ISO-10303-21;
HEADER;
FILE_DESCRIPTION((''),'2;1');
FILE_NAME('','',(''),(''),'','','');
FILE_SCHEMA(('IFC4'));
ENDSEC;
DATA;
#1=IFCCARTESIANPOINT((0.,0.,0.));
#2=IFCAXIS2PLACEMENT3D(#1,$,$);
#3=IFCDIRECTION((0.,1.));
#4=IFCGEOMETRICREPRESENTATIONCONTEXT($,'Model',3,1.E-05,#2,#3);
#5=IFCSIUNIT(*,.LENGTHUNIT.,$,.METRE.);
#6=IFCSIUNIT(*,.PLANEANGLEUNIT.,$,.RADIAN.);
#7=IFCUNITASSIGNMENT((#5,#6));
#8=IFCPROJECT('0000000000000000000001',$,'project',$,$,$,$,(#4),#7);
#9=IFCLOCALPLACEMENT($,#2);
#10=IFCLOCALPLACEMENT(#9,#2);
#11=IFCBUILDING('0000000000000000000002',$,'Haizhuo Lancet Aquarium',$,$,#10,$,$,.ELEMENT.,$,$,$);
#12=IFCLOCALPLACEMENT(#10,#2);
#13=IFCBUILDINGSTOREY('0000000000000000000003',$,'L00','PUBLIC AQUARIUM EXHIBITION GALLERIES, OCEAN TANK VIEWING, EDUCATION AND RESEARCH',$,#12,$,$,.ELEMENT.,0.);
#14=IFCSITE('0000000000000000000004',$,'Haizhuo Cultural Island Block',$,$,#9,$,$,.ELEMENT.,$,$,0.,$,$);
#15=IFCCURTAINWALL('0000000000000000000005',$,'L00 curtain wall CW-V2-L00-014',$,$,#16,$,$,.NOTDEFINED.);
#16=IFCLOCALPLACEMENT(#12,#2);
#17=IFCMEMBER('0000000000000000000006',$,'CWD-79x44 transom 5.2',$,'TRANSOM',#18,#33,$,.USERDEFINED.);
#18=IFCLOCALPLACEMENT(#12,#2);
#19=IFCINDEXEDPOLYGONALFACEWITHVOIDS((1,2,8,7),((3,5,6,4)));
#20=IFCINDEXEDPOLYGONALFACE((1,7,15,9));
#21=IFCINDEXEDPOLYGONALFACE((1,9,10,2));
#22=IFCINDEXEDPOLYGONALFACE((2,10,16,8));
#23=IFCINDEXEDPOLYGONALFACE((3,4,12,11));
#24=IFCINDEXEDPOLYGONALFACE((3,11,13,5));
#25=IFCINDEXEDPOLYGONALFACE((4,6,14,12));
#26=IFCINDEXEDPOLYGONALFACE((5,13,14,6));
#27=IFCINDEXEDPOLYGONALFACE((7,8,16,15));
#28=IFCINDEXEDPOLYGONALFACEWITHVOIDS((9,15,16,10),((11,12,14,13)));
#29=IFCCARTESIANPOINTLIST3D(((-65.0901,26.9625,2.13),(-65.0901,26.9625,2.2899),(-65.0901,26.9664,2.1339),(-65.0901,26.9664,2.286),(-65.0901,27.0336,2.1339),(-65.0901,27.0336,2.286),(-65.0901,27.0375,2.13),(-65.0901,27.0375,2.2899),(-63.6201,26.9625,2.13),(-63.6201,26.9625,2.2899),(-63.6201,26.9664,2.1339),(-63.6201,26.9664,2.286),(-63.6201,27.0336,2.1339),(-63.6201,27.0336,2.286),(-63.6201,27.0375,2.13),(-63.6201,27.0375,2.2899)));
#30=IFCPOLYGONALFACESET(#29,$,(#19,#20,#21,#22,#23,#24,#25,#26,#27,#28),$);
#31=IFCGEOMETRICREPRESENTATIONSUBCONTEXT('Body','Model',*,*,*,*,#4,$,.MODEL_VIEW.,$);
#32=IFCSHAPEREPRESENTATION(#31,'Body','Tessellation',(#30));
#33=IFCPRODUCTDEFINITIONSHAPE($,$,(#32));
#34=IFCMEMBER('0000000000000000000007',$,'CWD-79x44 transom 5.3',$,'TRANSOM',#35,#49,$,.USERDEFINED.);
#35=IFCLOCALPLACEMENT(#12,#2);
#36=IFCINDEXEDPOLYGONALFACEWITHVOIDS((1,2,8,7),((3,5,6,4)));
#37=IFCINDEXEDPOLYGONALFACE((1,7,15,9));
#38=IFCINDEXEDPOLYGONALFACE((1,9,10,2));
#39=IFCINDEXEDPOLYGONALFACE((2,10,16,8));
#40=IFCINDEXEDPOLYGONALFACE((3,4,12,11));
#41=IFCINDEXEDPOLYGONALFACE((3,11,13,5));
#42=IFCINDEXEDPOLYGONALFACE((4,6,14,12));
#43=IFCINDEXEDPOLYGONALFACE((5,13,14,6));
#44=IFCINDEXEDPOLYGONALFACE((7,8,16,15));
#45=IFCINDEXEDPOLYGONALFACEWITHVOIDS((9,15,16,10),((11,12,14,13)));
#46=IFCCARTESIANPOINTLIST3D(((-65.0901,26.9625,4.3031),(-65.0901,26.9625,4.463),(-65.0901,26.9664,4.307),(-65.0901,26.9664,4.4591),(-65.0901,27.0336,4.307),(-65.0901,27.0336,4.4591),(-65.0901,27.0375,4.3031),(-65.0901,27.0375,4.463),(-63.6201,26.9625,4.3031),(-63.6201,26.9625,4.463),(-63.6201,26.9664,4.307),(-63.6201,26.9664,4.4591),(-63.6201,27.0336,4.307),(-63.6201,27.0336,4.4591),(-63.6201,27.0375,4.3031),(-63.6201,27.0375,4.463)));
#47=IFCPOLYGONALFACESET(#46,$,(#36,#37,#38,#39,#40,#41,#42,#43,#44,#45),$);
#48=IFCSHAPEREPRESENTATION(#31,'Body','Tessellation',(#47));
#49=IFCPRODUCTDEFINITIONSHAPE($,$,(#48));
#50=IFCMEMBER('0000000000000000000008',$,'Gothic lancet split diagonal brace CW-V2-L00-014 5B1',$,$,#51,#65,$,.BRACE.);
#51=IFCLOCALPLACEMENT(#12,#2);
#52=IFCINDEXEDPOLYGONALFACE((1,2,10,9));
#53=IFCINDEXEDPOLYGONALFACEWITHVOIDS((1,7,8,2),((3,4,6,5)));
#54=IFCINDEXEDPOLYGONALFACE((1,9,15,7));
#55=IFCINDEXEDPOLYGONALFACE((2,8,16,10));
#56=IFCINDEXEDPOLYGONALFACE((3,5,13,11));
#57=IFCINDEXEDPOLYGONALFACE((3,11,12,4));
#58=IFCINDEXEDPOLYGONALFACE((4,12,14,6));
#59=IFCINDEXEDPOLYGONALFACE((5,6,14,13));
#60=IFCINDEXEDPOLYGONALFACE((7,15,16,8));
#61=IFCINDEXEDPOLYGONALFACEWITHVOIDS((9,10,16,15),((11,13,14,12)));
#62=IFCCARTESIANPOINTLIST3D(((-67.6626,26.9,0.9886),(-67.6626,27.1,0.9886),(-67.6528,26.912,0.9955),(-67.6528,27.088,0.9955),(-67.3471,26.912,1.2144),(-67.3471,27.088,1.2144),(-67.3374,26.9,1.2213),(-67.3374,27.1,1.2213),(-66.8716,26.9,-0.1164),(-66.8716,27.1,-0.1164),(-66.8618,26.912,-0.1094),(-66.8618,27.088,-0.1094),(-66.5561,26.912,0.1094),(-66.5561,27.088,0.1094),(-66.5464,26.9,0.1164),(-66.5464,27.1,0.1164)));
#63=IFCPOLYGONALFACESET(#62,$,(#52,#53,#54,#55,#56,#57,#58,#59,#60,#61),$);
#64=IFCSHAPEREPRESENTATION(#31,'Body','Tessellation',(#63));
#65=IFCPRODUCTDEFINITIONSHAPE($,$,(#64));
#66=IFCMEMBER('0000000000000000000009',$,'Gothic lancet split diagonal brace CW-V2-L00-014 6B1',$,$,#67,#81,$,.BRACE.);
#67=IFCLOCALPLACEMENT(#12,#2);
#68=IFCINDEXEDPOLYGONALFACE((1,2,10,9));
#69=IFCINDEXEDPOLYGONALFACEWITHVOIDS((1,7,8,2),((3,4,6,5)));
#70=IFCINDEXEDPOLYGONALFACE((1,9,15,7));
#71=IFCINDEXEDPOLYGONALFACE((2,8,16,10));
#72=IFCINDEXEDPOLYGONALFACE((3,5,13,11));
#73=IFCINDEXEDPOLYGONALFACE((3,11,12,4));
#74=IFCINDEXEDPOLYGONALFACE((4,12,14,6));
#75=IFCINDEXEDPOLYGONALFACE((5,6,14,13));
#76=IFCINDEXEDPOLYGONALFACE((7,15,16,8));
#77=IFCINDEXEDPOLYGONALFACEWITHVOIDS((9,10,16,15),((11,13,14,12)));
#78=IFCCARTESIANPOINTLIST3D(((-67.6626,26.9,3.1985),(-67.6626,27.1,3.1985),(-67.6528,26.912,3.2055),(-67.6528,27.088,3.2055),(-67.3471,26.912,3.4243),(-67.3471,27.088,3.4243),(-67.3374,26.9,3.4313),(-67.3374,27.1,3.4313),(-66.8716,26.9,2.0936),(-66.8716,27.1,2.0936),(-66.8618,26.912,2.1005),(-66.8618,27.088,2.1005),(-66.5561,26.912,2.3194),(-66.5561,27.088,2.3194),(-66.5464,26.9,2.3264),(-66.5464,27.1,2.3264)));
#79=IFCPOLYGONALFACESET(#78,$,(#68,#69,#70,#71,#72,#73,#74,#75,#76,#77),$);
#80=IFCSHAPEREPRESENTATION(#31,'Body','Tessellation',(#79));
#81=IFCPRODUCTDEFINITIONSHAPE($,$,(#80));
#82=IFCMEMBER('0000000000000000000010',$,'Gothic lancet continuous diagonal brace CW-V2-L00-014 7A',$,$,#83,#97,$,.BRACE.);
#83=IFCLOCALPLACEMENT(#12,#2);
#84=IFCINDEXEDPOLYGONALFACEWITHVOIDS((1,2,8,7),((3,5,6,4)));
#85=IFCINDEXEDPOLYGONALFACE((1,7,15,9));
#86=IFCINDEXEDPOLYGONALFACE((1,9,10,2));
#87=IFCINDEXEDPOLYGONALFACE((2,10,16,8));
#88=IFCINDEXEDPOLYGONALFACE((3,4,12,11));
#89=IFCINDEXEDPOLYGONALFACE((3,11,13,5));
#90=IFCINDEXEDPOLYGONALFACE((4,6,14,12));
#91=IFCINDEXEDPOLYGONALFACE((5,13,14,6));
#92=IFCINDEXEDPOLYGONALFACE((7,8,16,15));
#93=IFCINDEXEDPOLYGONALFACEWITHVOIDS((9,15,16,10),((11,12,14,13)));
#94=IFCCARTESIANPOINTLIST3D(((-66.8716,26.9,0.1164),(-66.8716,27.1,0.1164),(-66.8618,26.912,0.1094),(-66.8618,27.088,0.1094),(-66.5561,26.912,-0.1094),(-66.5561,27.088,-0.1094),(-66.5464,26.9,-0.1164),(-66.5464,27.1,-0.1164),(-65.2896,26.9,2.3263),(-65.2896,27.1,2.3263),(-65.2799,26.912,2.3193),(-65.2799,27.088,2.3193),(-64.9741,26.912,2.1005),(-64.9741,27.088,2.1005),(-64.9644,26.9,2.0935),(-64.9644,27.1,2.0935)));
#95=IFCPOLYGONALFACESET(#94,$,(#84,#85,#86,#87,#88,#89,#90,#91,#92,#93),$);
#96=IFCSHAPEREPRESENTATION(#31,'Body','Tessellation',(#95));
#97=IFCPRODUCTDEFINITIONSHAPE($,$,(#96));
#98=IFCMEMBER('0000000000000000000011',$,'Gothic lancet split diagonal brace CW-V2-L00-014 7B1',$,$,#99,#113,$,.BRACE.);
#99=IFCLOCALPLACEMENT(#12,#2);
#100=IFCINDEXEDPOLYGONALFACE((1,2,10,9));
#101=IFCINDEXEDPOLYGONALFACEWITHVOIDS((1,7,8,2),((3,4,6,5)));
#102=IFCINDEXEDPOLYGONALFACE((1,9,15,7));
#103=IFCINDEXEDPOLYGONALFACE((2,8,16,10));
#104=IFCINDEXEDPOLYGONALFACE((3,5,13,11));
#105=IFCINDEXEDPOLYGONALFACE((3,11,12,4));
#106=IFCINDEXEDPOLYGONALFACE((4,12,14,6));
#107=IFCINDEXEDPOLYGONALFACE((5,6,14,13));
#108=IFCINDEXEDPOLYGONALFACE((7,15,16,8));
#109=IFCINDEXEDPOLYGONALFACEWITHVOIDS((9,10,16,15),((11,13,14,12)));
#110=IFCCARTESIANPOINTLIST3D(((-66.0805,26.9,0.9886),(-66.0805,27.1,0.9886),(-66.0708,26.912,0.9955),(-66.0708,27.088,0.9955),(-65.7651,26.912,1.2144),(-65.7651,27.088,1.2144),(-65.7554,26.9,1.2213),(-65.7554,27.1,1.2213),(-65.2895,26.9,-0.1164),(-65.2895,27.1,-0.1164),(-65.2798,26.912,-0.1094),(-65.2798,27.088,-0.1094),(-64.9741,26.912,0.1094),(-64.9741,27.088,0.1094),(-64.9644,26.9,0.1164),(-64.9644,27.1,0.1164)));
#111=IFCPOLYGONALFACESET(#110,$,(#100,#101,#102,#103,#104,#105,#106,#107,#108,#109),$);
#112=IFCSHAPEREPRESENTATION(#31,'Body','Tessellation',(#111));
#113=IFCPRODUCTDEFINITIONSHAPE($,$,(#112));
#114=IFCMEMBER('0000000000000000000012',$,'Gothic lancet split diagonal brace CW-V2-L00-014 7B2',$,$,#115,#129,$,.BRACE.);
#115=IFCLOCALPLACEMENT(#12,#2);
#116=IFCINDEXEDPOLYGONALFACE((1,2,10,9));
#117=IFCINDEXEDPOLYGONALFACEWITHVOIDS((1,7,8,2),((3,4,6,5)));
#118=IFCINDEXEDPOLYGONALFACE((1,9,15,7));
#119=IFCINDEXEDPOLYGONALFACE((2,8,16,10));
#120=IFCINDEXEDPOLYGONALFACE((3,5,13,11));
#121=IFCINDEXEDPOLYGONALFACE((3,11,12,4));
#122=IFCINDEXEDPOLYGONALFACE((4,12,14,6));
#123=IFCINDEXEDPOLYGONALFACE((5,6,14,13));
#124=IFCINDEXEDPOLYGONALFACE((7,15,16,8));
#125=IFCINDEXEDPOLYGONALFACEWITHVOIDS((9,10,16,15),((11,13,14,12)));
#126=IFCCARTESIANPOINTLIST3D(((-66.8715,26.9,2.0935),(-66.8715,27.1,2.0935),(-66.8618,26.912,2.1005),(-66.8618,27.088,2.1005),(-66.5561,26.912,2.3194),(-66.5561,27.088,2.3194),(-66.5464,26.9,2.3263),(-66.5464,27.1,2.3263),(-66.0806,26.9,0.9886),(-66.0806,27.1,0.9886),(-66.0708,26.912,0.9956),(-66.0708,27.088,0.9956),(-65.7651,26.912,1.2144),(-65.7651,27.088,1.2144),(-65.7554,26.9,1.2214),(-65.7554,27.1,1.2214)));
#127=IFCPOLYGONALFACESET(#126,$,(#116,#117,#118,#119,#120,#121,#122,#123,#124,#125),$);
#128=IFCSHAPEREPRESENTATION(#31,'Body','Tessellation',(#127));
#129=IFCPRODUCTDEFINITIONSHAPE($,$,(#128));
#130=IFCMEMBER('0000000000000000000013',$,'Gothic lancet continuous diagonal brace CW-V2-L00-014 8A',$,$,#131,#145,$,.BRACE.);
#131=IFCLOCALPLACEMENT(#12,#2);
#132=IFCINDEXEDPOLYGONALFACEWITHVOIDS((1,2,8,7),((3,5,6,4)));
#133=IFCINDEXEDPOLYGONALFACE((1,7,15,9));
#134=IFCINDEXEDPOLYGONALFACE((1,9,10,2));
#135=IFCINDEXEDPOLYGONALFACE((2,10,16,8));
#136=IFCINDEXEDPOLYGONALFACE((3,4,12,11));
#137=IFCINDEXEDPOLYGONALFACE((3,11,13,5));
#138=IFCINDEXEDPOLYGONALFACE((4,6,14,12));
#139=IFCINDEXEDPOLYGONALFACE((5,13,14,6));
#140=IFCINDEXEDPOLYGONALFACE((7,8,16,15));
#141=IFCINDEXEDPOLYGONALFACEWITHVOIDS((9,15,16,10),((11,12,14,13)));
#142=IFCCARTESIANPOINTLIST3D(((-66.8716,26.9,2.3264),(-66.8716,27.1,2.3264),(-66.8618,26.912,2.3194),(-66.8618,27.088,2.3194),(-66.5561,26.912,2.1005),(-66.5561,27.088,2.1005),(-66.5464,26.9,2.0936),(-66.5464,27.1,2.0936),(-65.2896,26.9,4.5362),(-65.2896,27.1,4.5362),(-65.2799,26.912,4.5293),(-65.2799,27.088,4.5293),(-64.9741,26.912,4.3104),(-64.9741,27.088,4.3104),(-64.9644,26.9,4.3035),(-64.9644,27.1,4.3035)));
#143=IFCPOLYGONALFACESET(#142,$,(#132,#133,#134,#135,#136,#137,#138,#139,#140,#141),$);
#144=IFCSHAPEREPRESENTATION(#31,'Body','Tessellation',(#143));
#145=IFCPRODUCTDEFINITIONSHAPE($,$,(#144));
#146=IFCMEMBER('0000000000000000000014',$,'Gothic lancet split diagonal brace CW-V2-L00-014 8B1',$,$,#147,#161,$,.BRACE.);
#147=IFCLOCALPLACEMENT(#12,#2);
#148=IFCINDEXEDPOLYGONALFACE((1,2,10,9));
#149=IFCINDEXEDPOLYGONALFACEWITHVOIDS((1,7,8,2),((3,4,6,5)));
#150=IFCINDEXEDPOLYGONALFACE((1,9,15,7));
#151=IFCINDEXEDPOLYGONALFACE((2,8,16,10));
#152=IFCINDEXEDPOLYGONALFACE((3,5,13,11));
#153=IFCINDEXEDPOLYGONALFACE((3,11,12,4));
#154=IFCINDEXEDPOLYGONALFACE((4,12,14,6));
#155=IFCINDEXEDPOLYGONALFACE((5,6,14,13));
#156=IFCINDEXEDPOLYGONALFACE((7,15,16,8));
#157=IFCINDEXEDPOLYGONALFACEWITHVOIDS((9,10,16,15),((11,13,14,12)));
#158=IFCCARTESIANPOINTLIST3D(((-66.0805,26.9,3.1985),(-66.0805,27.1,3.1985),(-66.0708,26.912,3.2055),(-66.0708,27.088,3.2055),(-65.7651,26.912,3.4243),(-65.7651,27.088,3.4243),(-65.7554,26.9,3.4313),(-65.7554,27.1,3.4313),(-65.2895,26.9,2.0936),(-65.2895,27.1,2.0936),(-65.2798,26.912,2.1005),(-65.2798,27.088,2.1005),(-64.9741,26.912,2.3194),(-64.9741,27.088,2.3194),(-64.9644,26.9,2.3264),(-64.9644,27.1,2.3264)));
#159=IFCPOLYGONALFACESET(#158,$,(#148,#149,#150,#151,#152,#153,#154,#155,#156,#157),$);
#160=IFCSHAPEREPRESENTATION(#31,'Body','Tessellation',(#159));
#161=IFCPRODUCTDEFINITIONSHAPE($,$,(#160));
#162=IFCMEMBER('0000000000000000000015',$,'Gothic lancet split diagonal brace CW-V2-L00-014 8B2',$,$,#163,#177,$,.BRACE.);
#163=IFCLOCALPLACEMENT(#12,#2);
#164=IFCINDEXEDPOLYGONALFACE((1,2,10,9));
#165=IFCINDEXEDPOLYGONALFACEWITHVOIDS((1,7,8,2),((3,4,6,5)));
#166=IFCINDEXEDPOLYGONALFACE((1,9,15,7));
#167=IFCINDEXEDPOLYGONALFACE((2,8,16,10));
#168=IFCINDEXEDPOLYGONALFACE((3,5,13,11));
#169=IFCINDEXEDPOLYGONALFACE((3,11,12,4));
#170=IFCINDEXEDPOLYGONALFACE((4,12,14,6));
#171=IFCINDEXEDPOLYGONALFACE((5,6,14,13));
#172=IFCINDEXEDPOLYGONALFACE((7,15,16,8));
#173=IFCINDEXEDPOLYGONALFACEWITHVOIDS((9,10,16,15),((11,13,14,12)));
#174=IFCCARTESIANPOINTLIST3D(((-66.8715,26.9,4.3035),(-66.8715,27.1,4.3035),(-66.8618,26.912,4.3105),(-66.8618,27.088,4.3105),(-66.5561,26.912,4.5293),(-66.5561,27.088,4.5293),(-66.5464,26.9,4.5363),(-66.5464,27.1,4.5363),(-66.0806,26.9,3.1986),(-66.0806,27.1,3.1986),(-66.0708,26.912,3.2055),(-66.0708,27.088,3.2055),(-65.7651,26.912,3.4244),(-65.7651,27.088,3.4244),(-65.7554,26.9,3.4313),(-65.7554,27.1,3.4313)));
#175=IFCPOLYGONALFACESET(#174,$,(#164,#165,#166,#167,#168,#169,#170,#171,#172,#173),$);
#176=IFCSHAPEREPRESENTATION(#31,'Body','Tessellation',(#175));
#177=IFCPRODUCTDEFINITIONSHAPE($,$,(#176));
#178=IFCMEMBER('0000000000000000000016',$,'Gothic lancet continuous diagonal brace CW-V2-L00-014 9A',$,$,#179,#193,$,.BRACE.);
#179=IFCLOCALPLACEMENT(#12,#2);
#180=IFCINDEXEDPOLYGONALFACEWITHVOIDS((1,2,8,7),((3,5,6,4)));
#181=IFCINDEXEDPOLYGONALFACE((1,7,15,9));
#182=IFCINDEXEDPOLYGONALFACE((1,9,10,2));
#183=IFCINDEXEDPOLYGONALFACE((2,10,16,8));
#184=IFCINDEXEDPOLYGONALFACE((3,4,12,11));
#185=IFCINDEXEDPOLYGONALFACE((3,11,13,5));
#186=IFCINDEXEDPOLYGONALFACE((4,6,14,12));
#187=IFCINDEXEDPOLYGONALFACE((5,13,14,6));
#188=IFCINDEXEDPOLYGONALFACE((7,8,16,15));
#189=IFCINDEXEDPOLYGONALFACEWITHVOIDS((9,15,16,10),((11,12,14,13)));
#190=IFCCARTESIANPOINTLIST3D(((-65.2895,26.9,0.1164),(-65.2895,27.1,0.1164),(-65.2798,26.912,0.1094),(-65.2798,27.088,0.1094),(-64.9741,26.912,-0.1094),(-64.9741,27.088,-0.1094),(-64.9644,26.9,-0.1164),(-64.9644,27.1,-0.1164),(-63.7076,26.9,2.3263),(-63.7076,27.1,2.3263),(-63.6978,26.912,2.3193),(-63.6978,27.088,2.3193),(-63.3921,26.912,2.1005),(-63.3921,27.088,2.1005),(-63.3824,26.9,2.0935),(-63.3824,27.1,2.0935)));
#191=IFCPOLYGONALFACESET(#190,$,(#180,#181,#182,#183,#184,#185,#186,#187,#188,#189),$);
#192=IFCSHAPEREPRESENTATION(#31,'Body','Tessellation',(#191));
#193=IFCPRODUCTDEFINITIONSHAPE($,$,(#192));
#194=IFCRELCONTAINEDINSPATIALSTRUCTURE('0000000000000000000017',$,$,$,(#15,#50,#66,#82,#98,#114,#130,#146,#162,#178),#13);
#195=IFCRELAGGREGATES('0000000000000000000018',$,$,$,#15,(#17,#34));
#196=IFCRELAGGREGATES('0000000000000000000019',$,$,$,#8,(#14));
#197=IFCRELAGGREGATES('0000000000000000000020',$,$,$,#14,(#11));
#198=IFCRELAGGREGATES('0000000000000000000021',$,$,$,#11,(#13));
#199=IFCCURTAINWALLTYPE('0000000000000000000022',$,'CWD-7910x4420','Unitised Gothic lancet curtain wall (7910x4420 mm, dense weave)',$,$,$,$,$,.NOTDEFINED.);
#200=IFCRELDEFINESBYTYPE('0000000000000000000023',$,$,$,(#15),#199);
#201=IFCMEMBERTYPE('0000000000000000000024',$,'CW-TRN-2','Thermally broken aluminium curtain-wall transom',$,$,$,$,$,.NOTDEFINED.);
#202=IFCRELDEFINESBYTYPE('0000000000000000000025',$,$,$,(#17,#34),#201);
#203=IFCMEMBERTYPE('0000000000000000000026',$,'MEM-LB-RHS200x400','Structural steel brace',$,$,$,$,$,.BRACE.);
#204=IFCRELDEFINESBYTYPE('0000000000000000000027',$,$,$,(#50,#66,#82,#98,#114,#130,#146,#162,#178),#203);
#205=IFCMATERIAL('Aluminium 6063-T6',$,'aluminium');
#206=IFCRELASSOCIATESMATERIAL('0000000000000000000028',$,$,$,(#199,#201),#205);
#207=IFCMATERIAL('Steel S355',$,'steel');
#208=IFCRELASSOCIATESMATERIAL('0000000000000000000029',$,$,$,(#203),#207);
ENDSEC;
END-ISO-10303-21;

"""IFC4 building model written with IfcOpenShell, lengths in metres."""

from ifc_helpers import new_model, si_unit, direction, frame, origin, origin_2d, place, context, subcontext, project, spatial, hollow_rectangle, extrude, material, material_profile, profile_set, type_object, element, aggregate, save


model = new_model("IFC4")

# Units and contexts
model_context = context("Model", 3, precision=1e-05, world=origin(), true_north=direction((0.0, 1.0)))
body_context = subcontext(model_context, "Body", "Model", "MODEL_VIEW")
ifc_project = project(units=[si_unit("LENGTHUNIT", "METRE"), si_unit("PLANEANGLEUNIT", "RADIAN")], contexts=[model_context])

# Site, building, storey
site_placement = place(None, origin())
site = spatial("IfcSite", under=ifc_project, at=site_placement, Name="Haizhuo Cultural Island Block", CompositionType="ELEMENT", RefElevation=0.0)
building_placement = place(site_placement, origin())
building = spatial("IfcBuilding", under=site, at=building_placement, Name="Haizhuo Lancet Aquarium", CompositionType="ELEMENT")
storey_placement = place(building_placement, origin())
storey = spatial("IfcBuildingStorey", under=building, at=storey_placement, Name="L00", Description="PUBLIC AQUARIUM EXHIBITION GALLERIES, OCEAN TANK VIEWING, EDUCATION AND RESEARCH", CompositionType="ELEMENT", Elevation=0.0)

# Shared definitions
ifc_material_1 = material(Name="Steel S355", Category="steel")

# Curtain wall, members
ifc_material_2 = material(Name="Aluminium 6063-T6", Category="aluminium")
curtain_wall_type = type_object("IfcCurtainWallType", Name="CWD-7910x4420", Description="Unitised Gothic lancet curtain wall (7910x4420 mm, dense weave)", PredefinedType="NOTDEFINED", material=ifc_material_2)
curtain_wall_placement = place(storey_placement, origin())
curtain_wall = element("IfcCurtainWall", 1, at=curtain_wall_placement, inside=storey, type_object=curtain_wall_type, Name="L00 curtain wall CW-V2-L00-014", PredefinedType="NOTDEFINED")
ifc_material_profile_1 = material_profile(ifc_material_2, hollow_rectangle(XDim=0.075, YDim=0.1599, WallThickness=0.0039, at=origin_2d()), Name="ALU-T 75x160x4")
ifc_profile_set_1 = profile_set([ifc_material_profile_1], Name="Aluminium 6063-T6")
member_type_1 = type_object("IfcMemberType", Name="CW-TRN-2", Description="Thermally broken aluminium curtain-wall transom", PredefinedType="NOTDEFINED", material=ifc_profile_set_1)
member_1_placement = place(storey_placement, frame((-65.0901, 27.0, 2.21), z_axis=(1.0, 0.0, 0.0), x_axis=(0.0, 1.0, 0.0)))
member_1 = element("IfcMember", 2, at=member_1_placement, type_object=member_type_1, Name="CWD-79x44 transom 5.2", ObjectType="TRANSOM", PredefinedType="USERDEFINED", context=body_context, shape_type="SweptSolid", body=[
    extrude(hollow_rectangle(XDim=0.075, YDim=0.1599, WallThickness=0.0039, at=origin_2d()), origin(), (0.0, 0.0, 1.0), 1.47),
])
member_2_placement = place(storey_placement, frame((-65.0901, 27.0, 4.3831), z_axis=(1.0, 0.0, 0.0), x_axis=(0.0, 1.0, 0.0)))
member_2 = element("IfcMember", 3, at=member_2_placement, type_object=member_type_1, Name="CWD-79x44 transom 5.3", ObjectType="TRANSOM", PredefinedType="USERDEFINED", context=body_context, shape_type="SweptSolid", body=[
    extrude(hollow_rectangle(XDim=0.075, YDim=0.1599, WallThickness=0.0039, at=origin_2d()), origin(), (0.0, 0.0, 1.0), 1.47),
])

# Members
ifc_material_profile_2 = material_profile(ifc_material_1, hollow_rectangle(XDim=0.2, YDim=0.3999, WallThickness=0.012, at=origin_2d()), Name="RHS 200x400x12")
ifc_profile_set_2 = profile_set([ifc_material_profile_2], Name="Steel S355")
member_type_2 = type_object("IfcMemberType", Name="MEM-LB-RHS200x400", Description="Structural steel brace", PredefinedType="BRACE", material=ifc_profile_set_2)
for number, where, z_axis, x_axis, name in (
    (4, (-66.709, 27.0, 0.0), (-0.582088, 0.0, 0.813126), (0.0, -1.0, 0.0), "Gothic lancet split diagonal brace CW-V2-L00-014 5B1"),
    (5, (-66.709, 27.0, 2.21), (-0.582088, 0.0, 0.813126), (0.0, -1.0, 0.0), "Gothic lancet split diagonal brace CW-V2-L00-014 6B1"),
):
    element("IfcMember", number, at=place(storey_placement, frame(where, z_axis=z_axis, x_axis=x_axis)), inside=storey, type_object=member_type_2, Name=name, PredefinedType="BRACE", context=body_context, shape_type="SweptSolid", body=[
        extrude(hollow_rectangle(XDim=0.2, YDim=0.3999, WallThickness=0.012, at=origin_2d()), origin(), (0.0, 0.0, 1.0), 1.3589),
    ])
member_3_placement = place(storey_placement, frame((-66.709, 27.0, 0.0), z_axis=(0.582088, 0.0, 0.813126), x_axis=(0.0, 1.0, 0.0)))
element("IfcMember", 6, at=member_3_placement, inside=storey, type_object=member_type_2, Name="Gothic lancet continuous diagonal brace CW-V2-L00-014 7A", PredefinedType="BRACE", context=body_context, shape_type="SweptSolid", body=[
    extrude(hollow_rectangle(XDim=0.2, YDim=0.3999, WallThickness=0.012, at=origin_2d()), origin(), (0.0, 0.0, 1.0), 2.7178),
])
for number, where, z_axis, x_axis, name in (
    (7, (-65.127, 27.0, 0.0), (-0.582088, 0.0, 0.813126), (0.0, -1.0, 0.0), "Gothic lancet split diagonal brace CW-V2-L00-014 7B1"),
    (8, (-65.918, 27.0, 1.105), (-0.582088, 0.0, 0.813126), (0.0, -1.0, 0.0), "Gothic lancet split diagonal brace CW-V2-L00-014 7B2"),
):
    element("IfcMember", number, at=place(storey_placement, frame(where, z_axis=z_axis, x_axis=x_axis)), inside=storey, type_object=member_type_2, Name=name, PredefinedType="BRACE", context=body_context, shape_type="SweptSolid", body=[
        extrude(hollow_rectangle(XDim=0.2, YDim=0.3999, WallThickness=0.012, at=origin_2d()), origin(), (0.0, 0.0, 1.0), 1.3589),
    ])
member_4_placement = place(storey_placement, frame((-66.709, 27.0, 2.21), z_axis=(0.582088, 0.0, 0.813126), x_axis=(0.0, 1.0, 0.0)))
element("IfcMember", 9, at=member_4_placement, inside=storey, type_object=member_type_2, Name="Gothic lancet continuous diagonal brace CW-V2-L00-014 8A", PredefinedType="BRACE", context=body_context, shape_type="SweptSolid", body=[
    extrude(hollow_rectangle(XDim=0.2, YDim=0.3999, WallThickness=0.012, at=origin_2d()), origin(), (0.0, 0.0, 1.0), 2.7178),
])
for number, where, z_axis, x_axis, name in (
    (10, (-65.127, 27.0, 2.21), (-0.582088, 0.0, 0.813126), (0.0, -1.0, 0.0), "Gothic lancet split diagonal brace CW-V2-L00-014 8B1"),
    (11, (-65.918, 27.0, 3.3149), (-0.582088, 0.0, 0.813126), (0.0, -1.0, 0.0), "Gothic lancet split diagonal brace CW-V2-L00-014 8B2"),
):
    element("IfcMember", number, at=place(storey_placement, frame(where, z_axis=z_axis, x_axis=x_axis)), inside=storey, type_object=member_type_2, Name=name, PredefinedType="BRACE", context=body_context, shape_type="SweptSolid", body=[
        extrude(hollow_rectangle(XDim=0.2, YDim=0.3999, WallThickness=0.012, at=origin_2d()), origin(), (0.0, 0.0, 1.0), 1.3589),
    ])
member_5_placement = place(storey_placement, frame((-65.127, 27.0, 0.0), z_axis=(0.582088, 0.0, 0.813126), x_axis=(0.0, 1.0, 0.0)))
element("IfcMember", 12, at=member_5_placement, inside=storey, type_object=member_type_2, Name="Gothic lancet continuous diagonal brace CW-V2-L00-014 9A", PredefinedType="BRACE", context=body_context, shape_type="SweptSolid", body=[
    extrude(hollow_rectangle(XDim=0.2, YDim=0.3999, WallThickness=0.012, at=origin_2d()), origin(), (0.0, 0.0, 1.0), 2.7178),
])

aggregate(curtain_wall, [member_1, member_2])

save(model, "model.ifc")
